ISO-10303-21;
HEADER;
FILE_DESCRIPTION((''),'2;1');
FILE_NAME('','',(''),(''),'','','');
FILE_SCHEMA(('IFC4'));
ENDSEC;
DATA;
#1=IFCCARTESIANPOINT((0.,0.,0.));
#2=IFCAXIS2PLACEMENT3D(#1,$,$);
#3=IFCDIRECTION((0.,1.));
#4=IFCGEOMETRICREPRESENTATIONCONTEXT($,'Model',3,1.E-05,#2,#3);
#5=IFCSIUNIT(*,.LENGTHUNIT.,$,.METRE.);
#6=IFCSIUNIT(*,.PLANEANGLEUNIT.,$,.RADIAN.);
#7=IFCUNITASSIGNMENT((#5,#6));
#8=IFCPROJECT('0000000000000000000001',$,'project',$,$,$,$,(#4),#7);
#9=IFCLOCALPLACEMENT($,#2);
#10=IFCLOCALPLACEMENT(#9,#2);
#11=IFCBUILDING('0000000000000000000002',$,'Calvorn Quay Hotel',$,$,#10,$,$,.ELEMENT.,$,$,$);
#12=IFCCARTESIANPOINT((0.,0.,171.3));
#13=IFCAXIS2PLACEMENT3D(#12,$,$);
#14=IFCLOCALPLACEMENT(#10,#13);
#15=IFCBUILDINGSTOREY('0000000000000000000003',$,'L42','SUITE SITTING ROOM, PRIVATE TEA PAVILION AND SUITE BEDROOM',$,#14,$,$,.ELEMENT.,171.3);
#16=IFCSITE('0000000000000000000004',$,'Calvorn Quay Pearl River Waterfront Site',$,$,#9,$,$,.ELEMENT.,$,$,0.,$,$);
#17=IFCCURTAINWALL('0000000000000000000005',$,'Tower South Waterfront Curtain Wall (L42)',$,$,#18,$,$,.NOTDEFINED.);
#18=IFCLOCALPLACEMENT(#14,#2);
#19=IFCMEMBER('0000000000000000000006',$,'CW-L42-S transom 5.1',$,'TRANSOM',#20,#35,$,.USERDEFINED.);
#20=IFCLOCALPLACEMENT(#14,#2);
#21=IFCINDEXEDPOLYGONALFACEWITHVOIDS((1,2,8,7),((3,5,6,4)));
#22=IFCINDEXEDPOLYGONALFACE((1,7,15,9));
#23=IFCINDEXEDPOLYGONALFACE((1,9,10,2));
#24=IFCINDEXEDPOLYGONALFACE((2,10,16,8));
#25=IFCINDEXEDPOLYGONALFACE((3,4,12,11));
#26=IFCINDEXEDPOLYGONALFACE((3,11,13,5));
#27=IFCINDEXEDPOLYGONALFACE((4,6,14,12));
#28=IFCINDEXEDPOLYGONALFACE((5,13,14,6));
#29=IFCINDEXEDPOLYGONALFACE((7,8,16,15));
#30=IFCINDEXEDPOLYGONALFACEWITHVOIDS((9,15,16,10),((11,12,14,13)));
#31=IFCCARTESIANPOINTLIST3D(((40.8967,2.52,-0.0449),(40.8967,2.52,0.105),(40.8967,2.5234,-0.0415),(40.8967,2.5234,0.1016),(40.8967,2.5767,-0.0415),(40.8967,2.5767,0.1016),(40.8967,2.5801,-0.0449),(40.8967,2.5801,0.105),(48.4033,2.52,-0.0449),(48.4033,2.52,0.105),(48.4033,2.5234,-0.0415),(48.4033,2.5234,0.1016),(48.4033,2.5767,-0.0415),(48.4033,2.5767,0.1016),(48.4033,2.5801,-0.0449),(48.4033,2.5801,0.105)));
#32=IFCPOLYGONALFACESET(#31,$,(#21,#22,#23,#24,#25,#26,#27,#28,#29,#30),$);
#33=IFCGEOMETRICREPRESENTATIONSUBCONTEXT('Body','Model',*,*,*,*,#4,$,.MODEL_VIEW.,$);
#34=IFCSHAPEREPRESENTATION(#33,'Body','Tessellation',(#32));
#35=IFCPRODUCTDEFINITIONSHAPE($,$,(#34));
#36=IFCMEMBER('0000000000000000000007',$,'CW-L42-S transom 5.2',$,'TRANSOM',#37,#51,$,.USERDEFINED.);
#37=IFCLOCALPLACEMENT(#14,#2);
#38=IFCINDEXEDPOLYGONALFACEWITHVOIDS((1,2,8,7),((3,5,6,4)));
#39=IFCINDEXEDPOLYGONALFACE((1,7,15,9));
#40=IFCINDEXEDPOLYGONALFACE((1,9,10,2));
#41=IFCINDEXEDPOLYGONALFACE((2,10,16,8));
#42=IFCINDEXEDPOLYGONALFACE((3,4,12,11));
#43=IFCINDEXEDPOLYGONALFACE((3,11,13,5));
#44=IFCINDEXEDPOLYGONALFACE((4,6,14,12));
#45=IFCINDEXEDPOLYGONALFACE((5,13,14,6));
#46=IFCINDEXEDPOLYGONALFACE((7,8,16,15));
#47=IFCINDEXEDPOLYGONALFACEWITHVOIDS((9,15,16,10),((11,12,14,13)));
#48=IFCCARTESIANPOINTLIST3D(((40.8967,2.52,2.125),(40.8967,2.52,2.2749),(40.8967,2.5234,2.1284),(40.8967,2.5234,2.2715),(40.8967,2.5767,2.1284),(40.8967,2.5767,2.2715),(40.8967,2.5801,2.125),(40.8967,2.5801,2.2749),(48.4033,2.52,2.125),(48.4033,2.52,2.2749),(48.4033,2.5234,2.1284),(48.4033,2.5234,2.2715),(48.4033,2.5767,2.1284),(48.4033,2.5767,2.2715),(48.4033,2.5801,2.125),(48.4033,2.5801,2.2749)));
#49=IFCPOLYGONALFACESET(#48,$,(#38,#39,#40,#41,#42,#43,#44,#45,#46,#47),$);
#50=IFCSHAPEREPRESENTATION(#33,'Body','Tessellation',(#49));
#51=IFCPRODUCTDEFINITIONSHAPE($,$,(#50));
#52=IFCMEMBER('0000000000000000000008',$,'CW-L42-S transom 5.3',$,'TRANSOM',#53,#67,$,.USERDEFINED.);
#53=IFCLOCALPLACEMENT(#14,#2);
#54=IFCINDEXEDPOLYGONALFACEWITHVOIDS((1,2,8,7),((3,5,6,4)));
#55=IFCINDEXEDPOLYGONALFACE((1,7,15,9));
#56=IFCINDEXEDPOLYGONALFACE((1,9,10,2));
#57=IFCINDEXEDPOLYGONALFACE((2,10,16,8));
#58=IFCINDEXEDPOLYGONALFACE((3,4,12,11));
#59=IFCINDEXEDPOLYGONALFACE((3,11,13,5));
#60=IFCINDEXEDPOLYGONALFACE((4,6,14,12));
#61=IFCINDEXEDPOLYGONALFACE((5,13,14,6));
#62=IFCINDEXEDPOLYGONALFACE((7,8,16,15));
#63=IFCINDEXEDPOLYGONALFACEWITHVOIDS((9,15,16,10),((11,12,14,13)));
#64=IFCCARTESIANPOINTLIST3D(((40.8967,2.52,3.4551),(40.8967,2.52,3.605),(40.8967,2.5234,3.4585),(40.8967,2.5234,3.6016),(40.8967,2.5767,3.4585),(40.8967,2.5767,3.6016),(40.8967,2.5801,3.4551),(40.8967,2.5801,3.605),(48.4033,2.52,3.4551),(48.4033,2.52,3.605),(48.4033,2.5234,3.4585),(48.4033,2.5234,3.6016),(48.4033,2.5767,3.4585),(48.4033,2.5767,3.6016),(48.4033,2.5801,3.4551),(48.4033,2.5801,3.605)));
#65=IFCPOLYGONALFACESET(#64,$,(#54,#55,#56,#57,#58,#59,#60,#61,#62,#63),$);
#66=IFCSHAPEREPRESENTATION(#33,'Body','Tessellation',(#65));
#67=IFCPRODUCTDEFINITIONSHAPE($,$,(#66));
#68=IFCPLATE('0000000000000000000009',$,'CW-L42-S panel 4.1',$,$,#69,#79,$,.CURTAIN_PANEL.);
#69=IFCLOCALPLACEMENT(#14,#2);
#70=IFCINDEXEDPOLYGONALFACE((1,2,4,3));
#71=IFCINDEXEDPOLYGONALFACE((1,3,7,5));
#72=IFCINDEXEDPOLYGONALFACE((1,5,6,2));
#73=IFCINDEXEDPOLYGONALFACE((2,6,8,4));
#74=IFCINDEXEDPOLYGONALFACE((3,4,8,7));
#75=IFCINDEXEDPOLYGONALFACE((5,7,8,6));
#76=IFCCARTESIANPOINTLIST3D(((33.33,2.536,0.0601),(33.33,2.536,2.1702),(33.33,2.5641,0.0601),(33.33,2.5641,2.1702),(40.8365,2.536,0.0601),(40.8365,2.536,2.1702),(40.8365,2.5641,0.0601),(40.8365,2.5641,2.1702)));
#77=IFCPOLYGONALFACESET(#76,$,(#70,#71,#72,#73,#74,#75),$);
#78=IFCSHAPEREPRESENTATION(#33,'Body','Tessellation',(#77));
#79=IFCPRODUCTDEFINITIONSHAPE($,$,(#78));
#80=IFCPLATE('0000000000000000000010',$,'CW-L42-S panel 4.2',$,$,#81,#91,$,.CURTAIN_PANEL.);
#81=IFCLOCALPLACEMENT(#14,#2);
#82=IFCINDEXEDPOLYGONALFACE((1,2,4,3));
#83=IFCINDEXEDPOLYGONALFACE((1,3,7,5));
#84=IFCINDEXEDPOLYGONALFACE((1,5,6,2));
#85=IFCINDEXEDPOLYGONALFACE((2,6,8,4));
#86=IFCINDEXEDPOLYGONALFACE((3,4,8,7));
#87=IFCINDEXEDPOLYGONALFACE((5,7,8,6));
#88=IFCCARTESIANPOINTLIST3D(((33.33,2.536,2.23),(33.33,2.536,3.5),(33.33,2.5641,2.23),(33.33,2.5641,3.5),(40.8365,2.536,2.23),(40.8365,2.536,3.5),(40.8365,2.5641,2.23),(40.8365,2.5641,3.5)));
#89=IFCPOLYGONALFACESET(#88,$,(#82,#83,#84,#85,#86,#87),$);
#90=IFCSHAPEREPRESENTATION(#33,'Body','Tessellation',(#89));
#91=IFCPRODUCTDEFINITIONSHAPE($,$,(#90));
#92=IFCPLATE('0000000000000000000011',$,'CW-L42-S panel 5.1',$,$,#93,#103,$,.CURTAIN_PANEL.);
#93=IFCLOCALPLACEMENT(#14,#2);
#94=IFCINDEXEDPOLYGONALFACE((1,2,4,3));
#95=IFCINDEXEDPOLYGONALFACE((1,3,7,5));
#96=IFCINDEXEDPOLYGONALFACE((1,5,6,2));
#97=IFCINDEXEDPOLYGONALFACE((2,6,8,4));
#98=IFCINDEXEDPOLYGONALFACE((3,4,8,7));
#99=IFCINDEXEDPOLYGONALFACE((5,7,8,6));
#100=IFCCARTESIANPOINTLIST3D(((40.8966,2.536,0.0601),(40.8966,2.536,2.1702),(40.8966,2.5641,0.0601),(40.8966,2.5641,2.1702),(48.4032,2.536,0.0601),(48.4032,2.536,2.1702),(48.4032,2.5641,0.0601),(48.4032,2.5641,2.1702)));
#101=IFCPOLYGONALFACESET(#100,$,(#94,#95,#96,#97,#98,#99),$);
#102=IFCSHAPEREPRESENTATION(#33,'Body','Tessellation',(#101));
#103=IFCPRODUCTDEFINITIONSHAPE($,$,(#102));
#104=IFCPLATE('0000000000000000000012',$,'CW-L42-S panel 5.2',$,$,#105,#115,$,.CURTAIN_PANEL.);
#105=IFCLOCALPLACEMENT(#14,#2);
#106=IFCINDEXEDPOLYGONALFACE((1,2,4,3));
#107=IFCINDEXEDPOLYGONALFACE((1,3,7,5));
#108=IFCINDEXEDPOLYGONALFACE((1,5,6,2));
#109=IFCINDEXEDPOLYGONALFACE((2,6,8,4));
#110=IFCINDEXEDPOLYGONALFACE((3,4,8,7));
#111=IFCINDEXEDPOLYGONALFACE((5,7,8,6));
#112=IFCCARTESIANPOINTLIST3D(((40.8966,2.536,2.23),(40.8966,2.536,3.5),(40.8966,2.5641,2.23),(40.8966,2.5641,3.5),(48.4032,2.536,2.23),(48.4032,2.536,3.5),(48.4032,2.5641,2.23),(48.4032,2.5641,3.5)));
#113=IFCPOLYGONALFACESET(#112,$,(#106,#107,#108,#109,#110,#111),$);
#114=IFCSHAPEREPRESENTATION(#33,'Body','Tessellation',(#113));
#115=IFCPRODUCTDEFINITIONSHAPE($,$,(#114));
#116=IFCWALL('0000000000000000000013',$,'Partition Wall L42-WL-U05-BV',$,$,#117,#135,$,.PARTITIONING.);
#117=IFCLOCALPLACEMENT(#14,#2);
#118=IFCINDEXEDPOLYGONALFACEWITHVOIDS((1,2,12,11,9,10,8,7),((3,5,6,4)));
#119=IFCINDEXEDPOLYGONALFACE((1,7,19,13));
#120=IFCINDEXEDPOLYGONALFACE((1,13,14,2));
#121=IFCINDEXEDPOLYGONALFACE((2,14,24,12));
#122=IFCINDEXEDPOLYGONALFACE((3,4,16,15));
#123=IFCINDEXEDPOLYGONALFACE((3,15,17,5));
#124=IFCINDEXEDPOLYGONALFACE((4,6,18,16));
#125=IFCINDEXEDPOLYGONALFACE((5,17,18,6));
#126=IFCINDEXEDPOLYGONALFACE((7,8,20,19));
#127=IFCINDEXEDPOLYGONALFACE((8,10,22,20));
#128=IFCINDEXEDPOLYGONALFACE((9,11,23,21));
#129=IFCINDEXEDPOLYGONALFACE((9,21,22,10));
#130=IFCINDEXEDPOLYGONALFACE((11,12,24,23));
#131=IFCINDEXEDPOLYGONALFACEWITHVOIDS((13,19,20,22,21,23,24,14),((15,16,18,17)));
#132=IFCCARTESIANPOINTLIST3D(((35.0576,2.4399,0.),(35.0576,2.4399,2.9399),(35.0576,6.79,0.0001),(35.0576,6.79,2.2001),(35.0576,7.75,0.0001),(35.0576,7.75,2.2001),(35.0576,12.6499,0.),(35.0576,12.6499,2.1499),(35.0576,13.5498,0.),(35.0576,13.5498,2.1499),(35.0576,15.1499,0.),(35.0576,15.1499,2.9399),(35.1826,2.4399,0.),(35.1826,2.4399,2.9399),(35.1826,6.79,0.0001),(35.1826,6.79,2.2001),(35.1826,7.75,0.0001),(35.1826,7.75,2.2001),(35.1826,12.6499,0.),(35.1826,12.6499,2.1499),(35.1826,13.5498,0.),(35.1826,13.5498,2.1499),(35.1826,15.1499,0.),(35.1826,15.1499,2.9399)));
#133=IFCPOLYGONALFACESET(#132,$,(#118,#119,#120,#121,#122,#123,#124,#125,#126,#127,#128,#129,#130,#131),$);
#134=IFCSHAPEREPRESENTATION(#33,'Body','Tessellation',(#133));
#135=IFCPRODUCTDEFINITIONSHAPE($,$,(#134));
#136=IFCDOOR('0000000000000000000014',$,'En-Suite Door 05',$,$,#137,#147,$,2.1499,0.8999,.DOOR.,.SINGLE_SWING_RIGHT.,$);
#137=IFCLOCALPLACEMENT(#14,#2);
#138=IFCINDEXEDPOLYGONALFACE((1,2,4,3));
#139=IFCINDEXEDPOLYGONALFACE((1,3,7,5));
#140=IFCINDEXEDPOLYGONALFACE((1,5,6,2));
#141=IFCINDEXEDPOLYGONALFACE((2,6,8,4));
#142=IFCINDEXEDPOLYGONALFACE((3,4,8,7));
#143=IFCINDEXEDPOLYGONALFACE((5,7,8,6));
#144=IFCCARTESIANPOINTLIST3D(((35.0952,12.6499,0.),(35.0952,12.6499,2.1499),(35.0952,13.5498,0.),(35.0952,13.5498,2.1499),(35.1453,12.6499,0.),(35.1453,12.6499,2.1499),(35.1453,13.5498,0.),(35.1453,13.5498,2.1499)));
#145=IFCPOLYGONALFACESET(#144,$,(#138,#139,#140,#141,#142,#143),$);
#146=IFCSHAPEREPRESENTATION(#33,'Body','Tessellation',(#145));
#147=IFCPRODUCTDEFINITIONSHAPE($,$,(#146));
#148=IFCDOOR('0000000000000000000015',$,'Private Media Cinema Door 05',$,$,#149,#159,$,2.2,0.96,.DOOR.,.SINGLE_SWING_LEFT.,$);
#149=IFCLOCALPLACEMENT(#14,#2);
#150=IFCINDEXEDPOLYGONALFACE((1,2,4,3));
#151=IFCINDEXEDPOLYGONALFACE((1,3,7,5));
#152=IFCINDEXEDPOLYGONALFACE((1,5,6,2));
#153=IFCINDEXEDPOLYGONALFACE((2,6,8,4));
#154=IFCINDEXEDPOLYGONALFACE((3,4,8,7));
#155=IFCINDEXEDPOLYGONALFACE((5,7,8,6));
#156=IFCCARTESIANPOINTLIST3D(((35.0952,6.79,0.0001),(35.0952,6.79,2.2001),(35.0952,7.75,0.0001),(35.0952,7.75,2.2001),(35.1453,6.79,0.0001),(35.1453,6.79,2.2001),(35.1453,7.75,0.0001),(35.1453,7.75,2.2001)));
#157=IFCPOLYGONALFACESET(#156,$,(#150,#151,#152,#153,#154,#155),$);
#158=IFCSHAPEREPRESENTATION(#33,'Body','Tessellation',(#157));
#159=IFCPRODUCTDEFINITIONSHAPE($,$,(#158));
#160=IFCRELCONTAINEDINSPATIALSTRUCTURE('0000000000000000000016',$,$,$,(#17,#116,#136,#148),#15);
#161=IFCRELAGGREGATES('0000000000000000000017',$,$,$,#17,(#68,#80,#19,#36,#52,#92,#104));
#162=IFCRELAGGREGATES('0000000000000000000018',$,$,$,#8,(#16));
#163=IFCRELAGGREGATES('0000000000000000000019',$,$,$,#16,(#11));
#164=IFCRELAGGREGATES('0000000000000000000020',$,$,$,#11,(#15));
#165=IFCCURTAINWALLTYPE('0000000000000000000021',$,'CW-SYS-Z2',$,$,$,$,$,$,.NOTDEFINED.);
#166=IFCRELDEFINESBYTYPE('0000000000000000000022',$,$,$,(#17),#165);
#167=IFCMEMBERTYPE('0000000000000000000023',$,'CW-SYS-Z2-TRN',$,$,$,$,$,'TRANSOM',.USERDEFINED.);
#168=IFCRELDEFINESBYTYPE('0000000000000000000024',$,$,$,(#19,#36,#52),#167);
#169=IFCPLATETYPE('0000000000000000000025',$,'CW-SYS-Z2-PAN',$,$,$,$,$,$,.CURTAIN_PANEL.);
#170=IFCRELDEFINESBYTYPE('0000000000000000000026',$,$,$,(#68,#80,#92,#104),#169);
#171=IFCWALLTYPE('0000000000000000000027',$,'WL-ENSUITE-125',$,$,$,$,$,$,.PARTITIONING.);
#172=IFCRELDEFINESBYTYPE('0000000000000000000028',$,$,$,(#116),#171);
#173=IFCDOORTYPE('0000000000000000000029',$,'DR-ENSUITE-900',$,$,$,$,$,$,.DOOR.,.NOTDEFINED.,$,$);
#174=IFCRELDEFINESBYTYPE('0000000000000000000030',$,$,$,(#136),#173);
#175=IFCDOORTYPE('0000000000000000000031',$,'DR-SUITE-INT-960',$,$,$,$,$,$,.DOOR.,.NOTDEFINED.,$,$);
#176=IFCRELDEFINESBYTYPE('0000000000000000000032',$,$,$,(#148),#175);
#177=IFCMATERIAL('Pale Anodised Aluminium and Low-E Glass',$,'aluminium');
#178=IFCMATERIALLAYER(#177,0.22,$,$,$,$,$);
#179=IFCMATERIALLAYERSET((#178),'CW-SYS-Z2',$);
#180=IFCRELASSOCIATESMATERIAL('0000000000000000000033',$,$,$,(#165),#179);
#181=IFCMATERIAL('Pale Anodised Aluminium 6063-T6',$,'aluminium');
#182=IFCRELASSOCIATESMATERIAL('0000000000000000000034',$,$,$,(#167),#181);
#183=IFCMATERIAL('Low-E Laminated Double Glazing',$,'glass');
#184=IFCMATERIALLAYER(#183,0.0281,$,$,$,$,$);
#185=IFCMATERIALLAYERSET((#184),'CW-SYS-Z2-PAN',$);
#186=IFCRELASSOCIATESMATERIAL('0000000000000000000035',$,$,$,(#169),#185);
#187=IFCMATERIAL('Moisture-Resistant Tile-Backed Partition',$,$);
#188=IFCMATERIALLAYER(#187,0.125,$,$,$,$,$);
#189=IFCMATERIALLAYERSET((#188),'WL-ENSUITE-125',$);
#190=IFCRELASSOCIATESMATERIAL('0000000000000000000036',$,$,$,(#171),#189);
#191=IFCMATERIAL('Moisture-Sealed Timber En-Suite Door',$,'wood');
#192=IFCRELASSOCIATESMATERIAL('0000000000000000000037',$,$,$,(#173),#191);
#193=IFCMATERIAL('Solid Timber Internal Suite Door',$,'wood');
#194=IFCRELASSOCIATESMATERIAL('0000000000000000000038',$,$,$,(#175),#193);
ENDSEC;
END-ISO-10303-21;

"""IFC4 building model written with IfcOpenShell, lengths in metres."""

from ifc_helpers import new_model, si_unit, direction, frame, frame_2d, origin, origin_2d, place, context, subcontext, project, spatial, rectangle, hollow_rectangle, extrude, material, layer, layer_set, material_profile, profile_set, type_object, element, fill, aggregate, save


model = new_model("IFC4")

# Units and contexts
model_context = context("Model", 3, precision=1e-05, world=origin(), true_north=direction((0.0, 1.0)))
body_context = subcontext(model_context, "Body", "Model", "MODEL_VIEW")
ifc_project = project(units=[si_unit("LENGTHUNIT", "METRE"), si_unit("PLANEANGLEUNIT", "RADIAN")], contexts=[model_context])

# Site, building, storey
site_placement = place(None, origin())
site = spatial("IfcSite", under=ifc_project, at=site_placement, Name="Calvorn Quay Pearl River Waterfront Site", CompositionType="ELEMENT", RefElevation=0.0)
building_placement = place(site_placement, origin())
building = spatial("IfcBuilding", under=site, at=building_placement, Name="Calvorn Quay Hotel", CompositionType="ELEMENT")
storey_placement = place(building_placement, frame((0.0, 0.0, 171.3)))
storey = spatial("IfcBuildingStorey", under=building, at=storey_placement, Name="L42", Description="SUITE SITTING ROOM, PRIVATE TEA PAVILION AND SUITE BEDROOM", CompositionType="ELEMENT", Elevation=171.3)

# Curtain wall, members, plates
ifc_material_1 = material(Name="Pale Anodised Aluminium and Low-E Glass", Category="aluminium")
ifc_layer_1 = layer(ifc_material_1, 0.22)
ifc_layer_set_1 = layer_set([ifc_layer_1], Name="CW-SYS-Z2")
curtain_wall_type = type_object("IfcCurtainWallType", Name="CW-SYS-Z2", PredefinedType="NOTDEFINED", material=ifc_layer_set_1)
curtain_wall_placement = place(storey_placement, origin())
curtain_wall = element("IfcCurtainWall", 1, at=curtain_wall_placement, inside=storey, type_object=curtain_wall_type, Name="Tower South Waterfront Curtain Wall (L42)", PredefinedType="NOTDEFINED")
ifc_material_2 = material(Name="Pale Anodised Aluminium 6063-T6", Category="aluminium")
ifc_material_profile_1 = material_profile(ifc_material_2, hollow_rectangle(XDim=0.0601, YDim=0.1499, WallThickness=0.0034, at=origin_2d()), Name="ALU-T150x60x3.5")
ifc_profile_set_1 = profile_set([ifc_material_profile_1], Name="Pale Anodised Aluminium 6063-T6")
member_type_1 = type_object("IfcMemberType", Name="CW-SYS-Z2-TRN", ElementType="TRANSOM", PredefinedType="USERDEFINED", material=ifc_profile_set_1)
member_1_placement = place(storey_placement, frame((40.8967, 2.55, 0.03), z_axis=(1.0, 0.0, 0.0), x_axis=(0.0, 1.0, 0.0)))
member_1 = element("IfcMember", 2, at=member_1_placement, type_object=member_type_1, Name="CW-L42-S transom 5.1", ObjectType="TRANSOM", PredefinedType="USERDEFINED", context=body_context, shape_type="SweptSolid", body=[
    extrude(hollow_rectangle(XDim=0.0601, YDim=0.1499, WallThickness=0.0034, at=origin_2d()), origin(), (0.0, 0.0, 1.0), 7.5066),
])
member_2_placement = place(storey_placement, frame((40.8967, 2.55, 2.2), z_axis=(1.0, 0.0, 0.0), x_axis=(0.0, 1.0, 0.0)))
member_2 = element("IfcMember", 3, at=member_2_placement, type_object=member_type_1, Name="CW-L42-S transom 5.2", ObjectType="TRANSOM", PredefinedType="USERDEFINED", context=body_context, shape_type="SweptSolid", body=[
    extrude(hollow_rectangle(XDim=0.0601, YDim=0.1499, WallThickness=0.0034, at=origin_2d()), origin(), (0.0, 0.0, 1.0), 7.5066),
])
member_3_placement = place(storey_placement, frame((40.8967, 2.55, 3.53), z_axis=(1.0, 0.0, 0.0), x_axis=(0.0, 1.0, 0.0)))
member_3 = element("IfcMember", 4, at=member_3_placement, type_object=member_type_1, Name="CW-L42-S transom 5.3", ObjectType="TRANSOM", PredefinedType="USERDEFINED", context=body_context, shape_type="SweptSolid", body=[
    extrude(hollow_rectangle(XDim=0.0601, YDim=0.1499, WallThickness=0.0034, at=origin_2d()), origin(), (0.0, 0.0, 1.0), 7.5066),
])
ifc_material_3 = material(Name="Low-E Laminated Double Glazing", Category="glass")
ifc_layer_2 = layer(ifc_material_3, 0.0281)
ifc_layer_set_2 = layer_set([ifc_layer_2], Name="CW-SYS-Z2-PAN")
plate_type = type_object("IfcPlateType", Name="CW-SYS-Z2-PAN", PredefinedType="CURTAIN_PANEL", material=ifc_layer_set_2)
plate_1_placement = place(storey_placement, frame((37.0833, 2.55, 0.0601), z_axis=(0.0, 0.0, 1.0), x_axis=(1.0, 0.0, 0.0)))
plate_1 = element("IfcPlate", 5, at=plate_1_placement, type_object=plate_type, Name="CW-L42-S panel 4.1", PredefinedType="CURTAIN_PANEL", context=body_context, shape_type="SweptSolid", body=[
    extrude(rectangle(XDim=7.5066, YDim=0.0281, at=origin_2d()), origin(), (0.0, 0.0, 1.0), 2.1101),
])
plate_2_placement = place(storey_placement, frame((37.0833, 2.55, 2.23), z_axis=(0.0, 0.0, 1.0), x_axis=(1.0, 0.0, 0.0)))
plate_2 = element("IfcPlate", 6, at=plate_2_placement, type_object=plate_type, Name="CW-L42-S panel 4.2", PredefinedType="CURTAIN_PANEL", context=body_context, shape_type="SweptSolid", body=[
    extrude(rectangle(XDim=7.5066, YDim=0.0281, at=origin_2d()), origin(), (0.0, 0.0, 1.0), 1.27),
])
plate_3_placement = place(storey_placement, frame((44.6499, 2.55, 0.0601), z_axis=(0.0, 0.0, 1.0), x_axis=(1.0, 0.0, 0.0)))
plate_3 = element("IfcPlate", 7, at=plate_3_placement, type_object=plate_type, Name="CW-L42-S panel 5.1", PredefinedType="CURTAIN_PANEL", context=body_context, shape_type="SweptSolid", body=[
    extrude(rectangle(XDim=7.5066, YDim=0.0281, at=origin_2d()), origin(), (0.0, 0.0, 1.0), 2.1101),
])
plate_4_placement = place(storey_placement, frame((44.6499, 2.55, 2.23), z_axis=(0.0, 0.0, 1.0), x_axis=(1.0, 0.0, 0.0)))
plate_4 = element("IfcPlate", 8, at=plate_4_placement, type_object=plate_type, Name="CW-L42-S panel 5.2", PredefinedType="CURTAIN_PANEL", context=body_context, shape_type="SweptSolid", body=[
    extrude(rectangle(XDim=7.5066, YDim=0.0281, at=origin_2d()), origin(), (0.0, 0.0, 1.0), 1.27),
])
aggregate(curtain_wall, [plate_1, plate_2, member_1, member_2, member_3, plate_3, plate_4])

# Wall, openings, doors
ifc_material_4 = material(Name="Moisture-Resistant Tile-Backed Partition")
ifc_layer_3 = layer(ifc_material_4, 0.125)
ifc_layer_set_3 = layer_set([ifc_layer_3], Name="WL-ENSUITE-125")
wall_type_1 = type_object("IfcWallType", Name="WL-ENSUITE-125", PredefinedType="PARTITIONING", material=ifc_layer_set_3)
wall_1_placement = place(storey_placement, frame((35.1201, 2.4399, 0.0), z_axis=(0.0, 0.0, 1.0), x_axis=(0.0, 1.0, 0.0)))
wall_1 = element("IfcWall", 9, at=wall_1_placement, inside=storey, type_object=wall_type_1, Name="Partition Wall L42-WL-U05-BV", PredefinedType="PARTITIONING", context=body_context, shape_type="SweptSolid", body=[
    extrude(rectangle(XDim=12.71, YDim=0.125, at=frame_2d((6.355, 0.0))), origin(), (0.0, 0.0, 1.0), 2.9399),
])
opening_1_placement = place(wall_1_placement, frame((4.3501, 0.0, 0.0)))
opening_1 = element("IfcOpeningElement", 10, at=opening_1_placement, cuts=wall_1, PredefinedType="OPENING", context=body_context, shape_type="SweptSolid", body=[
    extrude(rectangle(XDim=0.96, YDim=2.2, at=frame_2d((0.48, 1.1001))), frame((0.0, 0.0725, 0.0), z_axis=(0.0, -1.0, 0.0), x_axis=(1.0, 0.0, 0.0)), (0.0, 0.0, 1.0), 0.145),
])
opening_2_placement = place(wall_1_placement, frame((10.21, 0.0, 0.0)))
opening_2 = element("IfcOpeningElement", 11, at=opening_2_placement, cuts=wall_1, PredefinedType="OPENING", context=body_context, shape_type="SweptSolid", body=[
    extrude(rectangle(XDim=0.8999, YDim=2.1499, at=frame_2d((0.45, 1.075))), frame((0.0, 0.0725, 0.0), z_axis=(0.0, -1.0, 0.0), x_axis=(1.0, 0.0, 0.0)), (0.0, 0.0, 1.0), 0.145),
])
ifc_material_5 = material(Name="Moisture-Sealed Timber En-Suite Door", Category="wood")
door_type_1 = type_object("IfcDoorType", Name="DR-ENSUITE-900", OperationType="NOTDEFINED", PredefinedType="DOOR", material=ifc_material_5)
door_1_placement = place(opening_2_placement, origin())
door_1 = element("IfcDoor", 12, at=door_1_placement, inside=storey, type_object=door_type_1, Name="En-Suite Door 05", OperationType="SINGLE_SWING_RIGHT", OverallHeight=2.1499, OverallWidth=0.8999, PredefinedType="DOOR", context=body_context, shape_type="SweptSolid", body=[
    extrude(rectangle(XDim=0.8999, YDim=2.1499, at=frame_2d((0.45, 1.075))), frame((0.0, 0.0249, 0.0), z_axis=(0.0, -1.0, 0.0), x_axis=(1.0, 0.0, 0.0)), (0.0, 0.0, 1.0), 0.05),
])
fill(opening_2, door_1)
ifc_material_6 = material(Name="Solid Timber Internal Suite Door", Category="wood")
door_type_2 = type_object("IfcDoorType", Name="DR-SUITE-INT-960", OperationType="NOTDEFINED", PredefinedType="DOOR", material=ifc_material_6)
door_2_placement = place(opening_1_placement, origin())
door_2 = element("IfcDoor", 13, at=door_2_placement, inside=storey, type_object=door_type_2, Name="Private Media Cinema Door 05", OperationType="SINGLE_SWING_LEFT", OverallHeight=2.2, OverallWidth=0.96, PredefinedType="DOOR", context=body_context, shape_type="SweptSolid", body=[
    extrude(rectangle(XDim=0.96, YDim=2.2, at=frame_2d((0.48, 1.1001))), frame((0.0, 0.0249, 0.0), z_axis=(0.0, -1.0, 0.0), x_axis=(1.0, 0.0, 0.0)), (0.0, 0.0, 1.0), 0.05),
])
fill(opening_1, door_2)

save(model, "model.ifc")
